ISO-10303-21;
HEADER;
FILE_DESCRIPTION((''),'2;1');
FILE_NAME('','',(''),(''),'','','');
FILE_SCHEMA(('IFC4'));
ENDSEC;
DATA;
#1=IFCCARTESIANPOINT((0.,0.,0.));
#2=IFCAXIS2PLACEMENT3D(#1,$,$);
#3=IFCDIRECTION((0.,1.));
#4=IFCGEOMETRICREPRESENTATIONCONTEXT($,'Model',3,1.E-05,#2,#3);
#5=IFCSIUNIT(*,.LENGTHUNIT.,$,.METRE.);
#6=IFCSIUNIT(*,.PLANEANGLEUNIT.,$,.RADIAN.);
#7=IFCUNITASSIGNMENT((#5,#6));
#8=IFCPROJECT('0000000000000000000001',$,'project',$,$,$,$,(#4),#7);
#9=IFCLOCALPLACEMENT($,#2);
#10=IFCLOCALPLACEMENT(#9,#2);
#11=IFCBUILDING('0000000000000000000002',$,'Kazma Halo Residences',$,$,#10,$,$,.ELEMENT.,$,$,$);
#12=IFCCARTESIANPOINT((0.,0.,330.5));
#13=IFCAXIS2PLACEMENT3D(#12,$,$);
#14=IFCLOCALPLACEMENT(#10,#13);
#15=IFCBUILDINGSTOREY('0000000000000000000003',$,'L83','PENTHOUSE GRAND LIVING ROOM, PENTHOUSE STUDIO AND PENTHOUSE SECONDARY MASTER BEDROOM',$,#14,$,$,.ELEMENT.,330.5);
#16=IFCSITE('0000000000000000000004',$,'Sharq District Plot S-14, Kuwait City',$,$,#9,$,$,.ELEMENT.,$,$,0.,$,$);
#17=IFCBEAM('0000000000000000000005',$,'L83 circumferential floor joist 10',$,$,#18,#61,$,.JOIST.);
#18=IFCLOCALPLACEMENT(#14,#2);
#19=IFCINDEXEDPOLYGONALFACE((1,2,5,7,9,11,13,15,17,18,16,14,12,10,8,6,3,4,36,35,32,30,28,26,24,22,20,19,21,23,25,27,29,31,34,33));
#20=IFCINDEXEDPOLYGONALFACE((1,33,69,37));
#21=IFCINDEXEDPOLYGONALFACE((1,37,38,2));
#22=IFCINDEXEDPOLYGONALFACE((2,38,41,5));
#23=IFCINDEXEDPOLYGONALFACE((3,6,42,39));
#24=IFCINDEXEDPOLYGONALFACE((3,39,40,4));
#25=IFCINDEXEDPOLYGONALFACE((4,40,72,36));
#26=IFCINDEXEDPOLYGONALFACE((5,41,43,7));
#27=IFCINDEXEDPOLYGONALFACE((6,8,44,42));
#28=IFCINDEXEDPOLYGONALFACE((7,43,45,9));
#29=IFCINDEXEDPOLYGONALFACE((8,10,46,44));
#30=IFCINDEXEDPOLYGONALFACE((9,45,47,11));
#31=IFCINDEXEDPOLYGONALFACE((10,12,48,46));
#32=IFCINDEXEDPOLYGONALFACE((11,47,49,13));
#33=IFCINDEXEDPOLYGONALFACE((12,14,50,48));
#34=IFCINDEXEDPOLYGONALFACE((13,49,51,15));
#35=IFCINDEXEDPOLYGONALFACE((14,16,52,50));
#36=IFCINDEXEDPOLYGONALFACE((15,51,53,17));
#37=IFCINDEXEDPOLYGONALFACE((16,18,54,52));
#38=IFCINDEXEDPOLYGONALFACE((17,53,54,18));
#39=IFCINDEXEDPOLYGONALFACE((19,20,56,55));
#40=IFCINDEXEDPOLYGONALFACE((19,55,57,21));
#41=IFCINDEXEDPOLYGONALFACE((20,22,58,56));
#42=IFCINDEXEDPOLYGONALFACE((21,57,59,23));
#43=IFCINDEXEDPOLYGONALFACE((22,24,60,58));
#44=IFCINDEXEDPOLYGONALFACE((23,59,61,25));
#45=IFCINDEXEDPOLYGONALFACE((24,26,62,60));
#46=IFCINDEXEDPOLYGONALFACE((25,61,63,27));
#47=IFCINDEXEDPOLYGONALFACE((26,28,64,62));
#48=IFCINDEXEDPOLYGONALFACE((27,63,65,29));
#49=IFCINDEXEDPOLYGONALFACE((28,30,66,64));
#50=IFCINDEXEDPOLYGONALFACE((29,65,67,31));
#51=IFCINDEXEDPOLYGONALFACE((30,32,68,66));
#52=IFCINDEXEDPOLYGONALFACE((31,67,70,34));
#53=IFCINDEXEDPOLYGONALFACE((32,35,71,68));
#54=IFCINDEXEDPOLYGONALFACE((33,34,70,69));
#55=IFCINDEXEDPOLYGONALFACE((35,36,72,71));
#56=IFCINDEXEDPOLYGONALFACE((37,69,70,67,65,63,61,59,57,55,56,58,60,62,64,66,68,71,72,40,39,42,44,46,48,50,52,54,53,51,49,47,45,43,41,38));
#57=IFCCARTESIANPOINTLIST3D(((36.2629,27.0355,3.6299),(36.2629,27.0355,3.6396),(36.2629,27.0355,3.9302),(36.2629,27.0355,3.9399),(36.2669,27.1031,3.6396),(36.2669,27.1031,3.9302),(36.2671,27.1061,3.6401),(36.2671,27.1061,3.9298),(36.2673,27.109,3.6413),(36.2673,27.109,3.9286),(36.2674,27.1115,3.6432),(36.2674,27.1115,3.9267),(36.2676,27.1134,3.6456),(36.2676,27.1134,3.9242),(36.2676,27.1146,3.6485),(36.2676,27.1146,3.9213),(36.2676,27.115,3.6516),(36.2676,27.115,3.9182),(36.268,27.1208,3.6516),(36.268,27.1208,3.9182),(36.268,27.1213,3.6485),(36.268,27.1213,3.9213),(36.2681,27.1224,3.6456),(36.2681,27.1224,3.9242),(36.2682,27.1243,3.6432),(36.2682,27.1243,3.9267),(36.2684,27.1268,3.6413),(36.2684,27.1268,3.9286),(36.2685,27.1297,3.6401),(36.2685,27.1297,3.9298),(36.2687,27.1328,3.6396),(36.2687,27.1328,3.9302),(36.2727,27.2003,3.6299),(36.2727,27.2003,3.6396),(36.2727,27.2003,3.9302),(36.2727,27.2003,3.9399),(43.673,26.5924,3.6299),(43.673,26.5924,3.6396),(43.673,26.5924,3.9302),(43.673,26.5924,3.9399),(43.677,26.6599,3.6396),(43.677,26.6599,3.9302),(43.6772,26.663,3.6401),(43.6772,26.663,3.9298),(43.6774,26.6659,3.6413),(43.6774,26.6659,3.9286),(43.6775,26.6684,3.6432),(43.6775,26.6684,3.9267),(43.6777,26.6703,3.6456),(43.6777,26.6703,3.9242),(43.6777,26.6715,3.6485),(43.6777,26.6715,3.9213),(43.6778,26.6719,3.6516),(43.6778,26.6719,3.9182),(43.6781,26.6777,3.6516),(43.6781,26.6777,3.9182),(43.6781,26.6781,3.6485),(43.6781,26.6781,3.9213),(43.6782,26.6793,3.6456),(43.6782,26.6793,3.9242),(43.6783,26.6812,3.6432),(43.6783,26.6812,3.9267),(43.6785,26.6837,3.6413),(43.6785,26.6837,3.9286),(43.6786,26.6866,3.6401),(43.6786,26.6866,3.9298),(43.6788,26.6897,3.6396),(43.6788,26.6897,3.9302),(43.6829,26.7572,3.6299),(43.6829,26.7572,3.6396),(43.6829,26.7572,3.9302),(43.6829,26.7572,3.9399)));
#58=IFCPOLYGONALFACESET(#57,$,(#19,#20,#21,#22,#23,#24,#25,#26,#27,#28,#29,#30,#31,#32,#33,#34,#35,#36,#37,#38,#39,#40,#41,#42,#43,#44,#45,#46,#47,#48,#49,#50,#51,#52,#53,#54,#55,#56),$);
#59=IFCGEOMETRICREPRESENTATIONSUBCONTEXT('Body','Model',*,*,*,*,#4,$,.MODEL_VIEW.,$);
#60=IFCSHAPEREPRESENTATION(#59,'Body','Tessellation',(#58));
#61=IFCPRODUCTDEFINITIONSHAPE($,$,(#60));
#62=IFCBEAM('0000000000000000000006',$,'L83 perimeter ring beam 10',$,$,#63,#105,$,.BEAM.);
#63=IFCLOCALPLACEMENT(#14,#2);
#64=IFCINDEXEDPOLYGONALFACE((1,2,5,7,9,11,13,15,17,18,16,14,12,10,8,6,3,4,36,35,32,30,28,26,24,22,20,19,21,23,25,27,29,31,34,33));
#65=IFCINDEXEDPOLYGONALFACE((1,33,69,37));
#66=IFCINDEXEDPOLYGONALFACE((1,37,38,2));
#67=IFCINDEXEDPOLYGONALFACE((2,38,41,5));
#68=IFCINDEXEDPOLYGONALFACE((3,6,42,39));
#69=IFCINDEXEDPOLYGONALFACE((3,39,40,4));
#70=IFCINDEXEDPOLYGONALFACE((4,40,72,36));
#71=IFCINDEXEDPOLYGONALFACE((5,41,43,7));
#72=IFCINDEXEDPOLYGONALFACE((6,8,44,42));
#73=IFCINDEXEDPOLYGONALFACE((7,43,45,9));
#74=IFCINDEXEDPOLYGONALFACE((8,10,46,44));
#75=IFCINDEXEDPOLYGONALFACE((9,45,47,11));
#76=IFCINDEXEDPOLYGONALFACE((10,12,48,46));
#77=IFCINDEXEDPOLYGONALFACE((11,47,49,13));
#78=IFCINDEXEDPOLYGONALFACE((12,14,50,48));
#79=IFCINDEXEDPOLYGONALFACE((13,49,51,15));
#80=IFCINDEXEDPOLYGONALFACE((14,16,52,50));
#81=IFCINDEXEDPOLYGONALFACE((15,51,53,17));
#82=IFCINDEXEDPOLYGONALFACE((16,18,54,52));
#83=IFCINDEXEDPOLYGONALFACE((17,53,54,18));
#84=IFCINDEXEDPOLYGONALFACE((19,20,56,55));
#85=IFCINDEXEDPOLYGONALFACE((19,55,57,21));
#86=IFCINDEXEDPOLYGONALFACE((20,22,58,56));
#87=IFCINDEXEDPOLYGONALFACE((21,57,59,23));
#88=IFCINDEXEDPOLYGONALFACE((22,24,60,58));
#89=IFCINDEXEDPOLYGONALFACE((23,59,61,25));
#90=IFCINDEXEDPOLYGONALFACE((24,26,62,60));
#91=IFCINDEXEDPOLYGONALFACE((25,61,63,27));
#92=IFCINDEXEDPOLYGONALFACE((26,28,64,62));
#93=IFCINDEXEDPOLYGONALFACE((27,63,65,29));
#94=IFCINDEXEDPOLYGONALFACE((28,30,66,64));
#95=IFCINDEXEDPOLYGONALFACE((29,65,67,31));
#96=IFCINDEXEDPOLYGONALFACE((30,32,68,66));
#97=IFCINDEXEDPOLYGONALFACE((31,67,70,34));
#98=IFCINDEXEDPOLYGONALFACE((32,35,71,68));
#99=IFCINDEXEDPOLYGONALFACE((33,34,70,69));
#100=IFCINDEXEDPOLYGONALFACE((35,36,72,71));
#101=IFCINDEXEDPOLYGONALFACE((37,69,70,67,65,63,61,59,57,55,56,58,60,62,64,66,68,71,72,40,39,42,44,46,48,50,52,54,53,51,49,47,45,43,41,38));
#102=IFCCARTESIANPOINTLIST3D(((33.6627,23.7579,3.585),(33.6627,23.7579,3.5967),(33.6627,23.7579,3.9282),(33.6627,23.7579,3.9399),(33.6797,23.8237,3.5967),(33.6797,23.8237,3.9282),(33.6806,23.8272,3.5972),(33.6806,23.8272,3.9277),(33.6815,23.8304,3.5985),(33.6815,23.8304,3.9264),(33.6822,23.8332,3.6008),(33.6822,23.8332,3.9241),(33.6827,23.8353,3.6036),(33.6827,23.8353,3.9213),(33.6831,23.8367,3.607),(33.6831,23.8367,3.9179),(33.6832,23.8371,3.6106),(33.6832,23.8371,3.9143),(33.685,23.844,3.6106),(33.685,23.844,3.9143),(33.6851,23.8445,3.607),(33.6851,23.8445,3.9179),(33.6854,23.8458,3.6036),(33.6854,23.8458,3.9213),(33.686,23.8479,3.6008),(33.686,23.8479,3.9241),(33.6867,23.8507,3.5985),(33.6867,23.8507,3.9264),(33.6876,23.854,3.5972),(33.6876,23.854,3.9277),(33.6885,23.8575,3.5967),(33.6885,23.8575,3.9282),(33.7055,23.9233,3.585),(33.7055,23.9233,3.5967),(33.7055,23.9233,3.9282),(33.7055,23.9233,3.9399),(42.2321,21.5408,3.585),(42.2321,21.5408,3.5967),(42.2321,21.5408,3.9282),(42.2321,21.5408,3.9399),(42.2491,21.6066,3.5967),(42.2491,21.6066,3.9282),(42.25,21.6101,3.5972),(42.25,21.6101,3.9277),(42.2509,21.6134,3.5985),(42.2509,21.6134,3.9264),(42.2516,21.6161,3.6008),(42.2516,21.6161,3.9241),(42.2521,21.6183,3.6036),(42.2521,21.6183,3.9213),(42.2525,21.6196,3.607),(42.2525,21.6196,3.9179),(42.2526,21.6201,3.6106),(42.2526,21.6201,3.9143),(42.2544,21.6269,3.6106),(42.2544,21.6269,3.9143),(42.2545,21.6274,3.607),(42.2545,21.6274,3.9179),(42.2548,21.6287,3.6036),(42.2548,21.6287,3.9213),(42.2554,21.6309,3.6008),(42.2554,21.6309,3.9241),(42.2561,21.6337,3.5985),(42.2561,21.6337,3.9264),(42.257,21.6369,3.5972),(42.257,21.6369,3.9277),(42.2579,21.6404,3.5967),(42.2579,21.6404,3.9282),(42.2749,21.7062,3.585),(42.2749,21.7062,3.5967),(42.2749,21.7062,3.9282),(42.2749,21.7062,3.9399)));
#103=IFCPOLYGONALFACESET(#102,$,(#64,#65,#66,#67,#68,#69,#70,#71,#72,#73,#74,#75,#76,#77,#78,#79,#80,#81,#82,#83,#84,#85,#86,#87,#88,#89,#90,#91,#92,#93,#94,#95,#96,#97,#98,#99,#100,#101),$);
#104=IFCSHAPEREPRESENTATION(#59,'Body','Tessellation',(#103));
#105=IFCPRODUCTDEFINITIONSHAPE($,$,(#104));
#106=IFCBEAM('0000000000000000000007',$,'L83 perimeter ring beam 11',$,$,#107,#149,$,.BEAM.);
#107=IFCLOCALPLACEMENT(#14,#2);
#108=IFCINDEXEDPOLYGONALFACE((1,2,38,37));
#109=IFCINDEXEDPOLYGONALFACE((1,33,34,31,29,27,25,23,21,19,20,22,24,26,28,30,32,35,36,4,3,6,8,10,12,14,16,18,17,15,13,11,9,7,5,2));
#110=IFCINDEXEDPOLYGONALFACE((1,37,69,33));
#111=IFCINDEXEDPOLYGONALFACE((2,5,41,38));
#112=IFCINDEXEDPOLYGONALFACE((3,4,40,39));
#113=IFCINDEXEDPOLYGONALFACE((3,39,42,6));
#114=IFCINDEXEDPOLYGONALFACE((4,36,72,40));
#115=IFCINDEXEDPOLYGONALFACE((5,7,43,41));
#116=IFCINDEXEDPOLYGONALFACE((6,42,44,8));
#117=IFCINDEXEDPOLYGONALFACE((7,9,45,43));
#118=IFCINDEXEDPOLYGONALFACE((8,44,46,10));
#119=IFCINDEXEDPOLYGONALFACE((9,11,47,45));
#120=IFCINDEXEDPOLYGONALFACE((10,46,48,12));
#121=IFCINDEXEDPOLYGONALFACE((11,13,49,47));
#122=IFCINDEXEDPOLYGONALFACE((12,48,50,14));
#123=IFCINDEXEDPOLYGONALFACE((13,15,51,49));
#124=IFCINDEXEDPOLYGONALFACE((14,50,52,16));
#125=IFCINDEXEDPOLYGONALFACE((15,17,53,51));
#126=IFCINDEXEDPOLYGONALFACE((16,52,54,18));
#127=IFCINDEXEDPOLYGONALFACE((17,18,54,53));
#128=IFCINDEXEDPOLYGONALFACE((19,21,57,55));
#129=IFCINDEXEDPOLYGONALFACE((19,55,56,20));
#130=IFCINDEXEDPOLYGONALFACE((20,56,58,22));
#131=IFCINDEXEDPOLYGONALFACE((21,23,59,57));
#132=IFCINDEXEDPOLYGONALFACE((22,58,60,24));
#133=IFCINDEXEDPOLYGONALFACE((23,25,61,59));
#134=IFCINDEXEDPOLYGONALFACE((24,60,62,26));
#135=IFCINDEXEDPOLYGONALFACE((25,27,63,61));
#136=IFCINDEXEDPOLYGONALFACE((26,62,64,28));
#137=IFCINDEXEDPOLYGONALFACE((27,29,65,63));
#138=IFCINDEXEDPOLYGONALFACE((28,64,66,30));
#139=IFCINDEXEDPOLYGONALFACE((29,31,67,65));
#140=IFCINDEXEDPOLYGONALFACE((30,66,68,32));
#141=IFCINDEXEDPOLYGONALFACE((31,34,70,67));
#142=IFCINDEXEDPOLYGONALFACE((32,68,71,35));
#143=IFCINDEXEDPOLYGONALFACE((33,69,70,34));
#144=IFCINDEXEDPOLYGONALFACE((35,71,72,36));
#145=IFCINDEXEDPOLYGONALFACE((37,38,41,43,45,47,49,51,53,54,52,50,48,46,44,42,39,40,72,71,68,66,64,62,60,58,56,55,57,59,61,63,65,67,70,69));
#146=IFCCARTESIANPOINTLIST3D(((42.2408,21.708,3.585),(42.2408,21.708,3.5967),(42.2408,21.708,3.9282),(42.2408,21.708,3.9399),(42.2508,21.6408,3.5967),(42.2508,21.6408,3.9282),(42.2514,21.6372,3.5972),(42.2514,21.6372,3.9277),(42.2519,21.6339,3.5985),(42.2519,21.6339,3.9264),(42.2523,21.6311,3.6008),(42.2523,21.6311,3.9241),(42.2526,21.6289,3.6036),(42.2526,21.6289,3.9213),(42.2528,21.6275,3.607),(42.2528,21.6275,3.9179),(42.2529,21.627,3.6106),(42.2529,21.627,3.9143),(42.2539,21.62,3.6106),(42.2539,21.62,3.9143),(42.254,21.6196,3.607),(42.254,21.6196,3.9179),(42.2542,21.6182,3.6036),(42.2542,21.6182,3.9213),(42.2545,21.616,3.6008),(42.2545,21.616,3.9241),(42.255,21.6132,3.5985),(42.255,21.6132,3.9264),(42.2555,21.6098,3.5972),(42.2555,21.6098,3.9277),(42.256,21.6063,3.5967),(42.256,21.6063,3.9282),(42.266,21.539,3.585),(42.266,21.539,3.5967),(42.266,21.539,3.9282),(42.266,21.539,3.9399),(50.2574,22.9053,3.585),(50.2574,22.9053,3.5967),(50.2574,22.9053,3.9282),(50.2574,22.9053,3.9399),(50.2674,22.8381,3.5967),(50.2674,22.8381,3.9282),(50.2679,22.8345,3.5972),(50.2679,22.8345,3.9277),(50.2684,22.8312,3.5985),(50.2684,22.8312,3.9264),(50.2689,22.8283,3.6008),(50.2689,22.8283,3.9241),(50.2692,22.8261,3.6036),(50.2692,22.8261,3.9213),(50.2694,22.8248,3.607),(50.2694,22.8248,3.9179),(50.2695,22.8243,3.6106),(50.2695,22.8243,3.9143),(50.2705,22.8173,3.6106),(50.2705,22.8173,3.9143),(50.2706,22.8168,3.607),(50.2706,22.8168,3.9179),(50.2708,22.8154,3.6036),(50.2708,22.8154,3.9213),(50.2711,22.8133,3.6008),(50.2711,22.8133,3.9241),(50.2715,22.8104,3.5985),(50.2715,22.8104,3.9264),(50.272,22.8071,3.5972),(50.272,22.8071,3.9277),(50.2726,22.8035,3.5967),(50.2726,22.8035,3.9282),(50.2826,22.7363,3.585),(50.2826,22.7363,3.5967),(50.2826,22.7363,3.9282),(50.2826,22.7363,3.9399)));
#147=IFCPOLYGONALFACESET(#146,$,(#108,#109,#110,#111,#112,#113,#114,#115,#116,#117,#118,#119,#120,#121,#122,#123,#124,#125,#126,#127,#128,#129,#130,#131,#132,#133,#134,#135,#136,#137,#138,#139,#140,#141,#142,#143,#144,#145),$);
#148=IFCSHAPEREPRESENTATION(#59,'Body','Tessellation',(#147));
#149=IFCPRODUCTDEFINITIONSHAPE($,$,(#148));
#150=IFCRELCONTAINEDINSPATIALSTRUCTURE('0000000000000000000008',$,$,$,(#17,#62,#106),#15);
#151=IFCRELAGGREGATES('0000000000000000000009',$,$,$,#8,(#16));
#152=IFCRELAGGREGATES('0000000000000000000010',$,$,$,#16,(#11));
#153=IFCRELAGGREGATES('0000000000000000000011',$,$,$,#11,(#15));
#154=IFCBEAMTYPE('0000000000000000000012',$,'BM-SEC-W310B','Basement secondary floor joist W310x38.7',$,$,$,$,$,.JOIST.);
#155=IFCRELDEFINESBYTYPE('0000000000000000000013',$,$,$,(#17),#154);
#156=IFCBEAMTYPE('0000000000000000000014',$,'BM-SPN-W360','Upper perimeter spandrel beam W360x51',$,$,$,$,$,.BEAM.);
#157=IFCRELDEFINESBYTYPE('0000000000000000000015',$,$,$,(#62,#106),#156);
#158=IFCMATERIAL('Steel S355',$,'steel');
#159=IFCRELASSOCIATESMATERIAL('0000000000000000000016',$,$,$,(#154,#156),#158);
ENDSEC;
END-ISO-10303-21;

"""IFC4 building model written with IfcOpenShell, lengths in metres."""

from ifc_helpers import new_model, si_unit, direction, frame, origin, origin_2d, place, context, subcontext, project, spatial, i_section, extrude, material, material_profile, profile_set, type_object, element, save


model = new_model("IFC4")

# Units and contexts
model_context = context("Model", 3, precision=1e-05, world=origin(), true_north=direction((0.0, 1.0)))
body_context = subcontext(model_context, "Body", "Model", "MODEL_VIEW")
ifc_project = project(units=[si_unit("LENGTHUNIT", "METRE"), si_unit("PLANEANGLEUNIT", "RADIAN")], contexts=[model_context])

# Site, building, storey
site_placement = place(None, origin())
site = spatial("IfcSite", under=ifc_project, at=site_placement, Name="Sharq District Plot S-14, Kuwait City", CompositionType="ELEMENT", RefElevation=0.0)
building_placement = place(site_placement, origin())
building = spatial("IfcBuilding", under=site, at=building_placement, Name="Kazma Halo Residences", CompositionType="ELEMENT")
storey_placement = place(building_placement, frame((0.0, 0.0, 330.5)))
storey = spatial("IfcBuildingStorey", under=building, at=storey_placement, Name="L83", Description="PENTHOUSE GRAND LIVING ROOM, PENTHOUSE STUDIO AND PENTHOUSE SECONDARY MASTER BEDROOM", CompositionType="ELEMENT", Elevation=330.5)

# Beams
ifc_material_1 = material(Name="Steel S355", Category="steel")
ifc_material_profile_1 = material_profile(ifc_material_1, i_section(OverallWidth=0.165, OverallDepth=0.3101, WebThickness=0.0059, FlangeThickness=0.0098, FilletRadius=0.012, at=origin_2d()), Name="W310x38.7")
ifc_profile_set_1 = profile_set([ifc_material_profile_1], Name="Steel S355")
beam_type_1 = type_object("IfcBeamType", Name="BM-SEC-W310B", Description="Basement secondary floor joist W310x38.7", PredefinedType="JOIST", material=ifc_profile_set_1)
beam_1_placement = place(storey_placement, frame((36.2678, 27.1179, 3.7849), z_axis=(0.998217, -0.059692, 0.0), x_axis=(0.059692, 0.998217, 0.0)))
element("IfcBeam", 1, at=beam_1_placement, inside=storey, type_object=beam_type_1, Name="L83 circumferential floor joist 10", PredefinedType="JOIST", context=body_context, shape_type="SweptSolid", body=[
    extrude(i_section(OverallWidth=0.165, OverallDepth=0.3101, WebThickness=0.0059, FlangeThickness=0.0098, FilletRadius=0.012, at=origin_2d()), origin(), (0.0, 0.0, 1.0), 7.4233),
])
ifc_material_profile_2 = material_profile(ifc_material_1, i_section(OverallWidth=0.1709, OverallDepth=0.355, WebThickness=0.0071, FlangeThickness=0.0117, FilletRadius=0.0139, at=origin_2d()), Name="W360x51")
ifc_profile_set_2 = profile_set([ifc_material_profile_2], Name="Steel S355")
beam_type_2 = type_object("IfcBeamType", Name="BM-SPN-W360", Description="Upper perimeter spandrel beam W360x51", PredefinedType="BEAM", material=ifc_profile_set_2)
beam_2_placement = place(storey_placement, frame((33.6841, 23.8406, 3.7625), z_axis=(0.968124, -0.250471, 0.0), x_axis=(0.250471, 0.968124, 0.0)))
element("IfcBeam", 2, at=beam_2_placement, inside=storey, type_object=beam_type_2, Name="L83 perimeter ring beam 10", PredefinedType="BEAM", context=body_context, shape_type="SweptSolid", body=[
    extrude(i_section(OverallWidth=0.1709, OverallDepth=0.355, WebThickness=0.0071, FlangeThickness=0.0117, FilletRadius=0.0139, at=origin_2d()), origin(), (0.0, 0.0, 1.0), 8.8516),
])
beam_3_placement = place(storey_placement, frame((42.2534, 21.6235, 3.7625), z_axis=(0.989031, 0.14771, 0.0), x_axis=(-0.14771, 0.989031, 0.0)))
element("IfcBeam", 3, at=beam_3_placement, inside=storey, type_object=beam_type_2, Name="L83 perimeter ring beam 11", PredefinedType="BEAM", context=body_context, shape_type="SweptSolid", body=[
    extrude(i_section(OverallWidth=0.1709, OverallDepth=0.355, WebThickness=0.0071, FlangeThickness=0.0117, FilletRadius=0.0139, at=origin_2d()), origin(), (0.0, 0.0, 1.0), 8.1055),
])

save(model, "model.ifc")
